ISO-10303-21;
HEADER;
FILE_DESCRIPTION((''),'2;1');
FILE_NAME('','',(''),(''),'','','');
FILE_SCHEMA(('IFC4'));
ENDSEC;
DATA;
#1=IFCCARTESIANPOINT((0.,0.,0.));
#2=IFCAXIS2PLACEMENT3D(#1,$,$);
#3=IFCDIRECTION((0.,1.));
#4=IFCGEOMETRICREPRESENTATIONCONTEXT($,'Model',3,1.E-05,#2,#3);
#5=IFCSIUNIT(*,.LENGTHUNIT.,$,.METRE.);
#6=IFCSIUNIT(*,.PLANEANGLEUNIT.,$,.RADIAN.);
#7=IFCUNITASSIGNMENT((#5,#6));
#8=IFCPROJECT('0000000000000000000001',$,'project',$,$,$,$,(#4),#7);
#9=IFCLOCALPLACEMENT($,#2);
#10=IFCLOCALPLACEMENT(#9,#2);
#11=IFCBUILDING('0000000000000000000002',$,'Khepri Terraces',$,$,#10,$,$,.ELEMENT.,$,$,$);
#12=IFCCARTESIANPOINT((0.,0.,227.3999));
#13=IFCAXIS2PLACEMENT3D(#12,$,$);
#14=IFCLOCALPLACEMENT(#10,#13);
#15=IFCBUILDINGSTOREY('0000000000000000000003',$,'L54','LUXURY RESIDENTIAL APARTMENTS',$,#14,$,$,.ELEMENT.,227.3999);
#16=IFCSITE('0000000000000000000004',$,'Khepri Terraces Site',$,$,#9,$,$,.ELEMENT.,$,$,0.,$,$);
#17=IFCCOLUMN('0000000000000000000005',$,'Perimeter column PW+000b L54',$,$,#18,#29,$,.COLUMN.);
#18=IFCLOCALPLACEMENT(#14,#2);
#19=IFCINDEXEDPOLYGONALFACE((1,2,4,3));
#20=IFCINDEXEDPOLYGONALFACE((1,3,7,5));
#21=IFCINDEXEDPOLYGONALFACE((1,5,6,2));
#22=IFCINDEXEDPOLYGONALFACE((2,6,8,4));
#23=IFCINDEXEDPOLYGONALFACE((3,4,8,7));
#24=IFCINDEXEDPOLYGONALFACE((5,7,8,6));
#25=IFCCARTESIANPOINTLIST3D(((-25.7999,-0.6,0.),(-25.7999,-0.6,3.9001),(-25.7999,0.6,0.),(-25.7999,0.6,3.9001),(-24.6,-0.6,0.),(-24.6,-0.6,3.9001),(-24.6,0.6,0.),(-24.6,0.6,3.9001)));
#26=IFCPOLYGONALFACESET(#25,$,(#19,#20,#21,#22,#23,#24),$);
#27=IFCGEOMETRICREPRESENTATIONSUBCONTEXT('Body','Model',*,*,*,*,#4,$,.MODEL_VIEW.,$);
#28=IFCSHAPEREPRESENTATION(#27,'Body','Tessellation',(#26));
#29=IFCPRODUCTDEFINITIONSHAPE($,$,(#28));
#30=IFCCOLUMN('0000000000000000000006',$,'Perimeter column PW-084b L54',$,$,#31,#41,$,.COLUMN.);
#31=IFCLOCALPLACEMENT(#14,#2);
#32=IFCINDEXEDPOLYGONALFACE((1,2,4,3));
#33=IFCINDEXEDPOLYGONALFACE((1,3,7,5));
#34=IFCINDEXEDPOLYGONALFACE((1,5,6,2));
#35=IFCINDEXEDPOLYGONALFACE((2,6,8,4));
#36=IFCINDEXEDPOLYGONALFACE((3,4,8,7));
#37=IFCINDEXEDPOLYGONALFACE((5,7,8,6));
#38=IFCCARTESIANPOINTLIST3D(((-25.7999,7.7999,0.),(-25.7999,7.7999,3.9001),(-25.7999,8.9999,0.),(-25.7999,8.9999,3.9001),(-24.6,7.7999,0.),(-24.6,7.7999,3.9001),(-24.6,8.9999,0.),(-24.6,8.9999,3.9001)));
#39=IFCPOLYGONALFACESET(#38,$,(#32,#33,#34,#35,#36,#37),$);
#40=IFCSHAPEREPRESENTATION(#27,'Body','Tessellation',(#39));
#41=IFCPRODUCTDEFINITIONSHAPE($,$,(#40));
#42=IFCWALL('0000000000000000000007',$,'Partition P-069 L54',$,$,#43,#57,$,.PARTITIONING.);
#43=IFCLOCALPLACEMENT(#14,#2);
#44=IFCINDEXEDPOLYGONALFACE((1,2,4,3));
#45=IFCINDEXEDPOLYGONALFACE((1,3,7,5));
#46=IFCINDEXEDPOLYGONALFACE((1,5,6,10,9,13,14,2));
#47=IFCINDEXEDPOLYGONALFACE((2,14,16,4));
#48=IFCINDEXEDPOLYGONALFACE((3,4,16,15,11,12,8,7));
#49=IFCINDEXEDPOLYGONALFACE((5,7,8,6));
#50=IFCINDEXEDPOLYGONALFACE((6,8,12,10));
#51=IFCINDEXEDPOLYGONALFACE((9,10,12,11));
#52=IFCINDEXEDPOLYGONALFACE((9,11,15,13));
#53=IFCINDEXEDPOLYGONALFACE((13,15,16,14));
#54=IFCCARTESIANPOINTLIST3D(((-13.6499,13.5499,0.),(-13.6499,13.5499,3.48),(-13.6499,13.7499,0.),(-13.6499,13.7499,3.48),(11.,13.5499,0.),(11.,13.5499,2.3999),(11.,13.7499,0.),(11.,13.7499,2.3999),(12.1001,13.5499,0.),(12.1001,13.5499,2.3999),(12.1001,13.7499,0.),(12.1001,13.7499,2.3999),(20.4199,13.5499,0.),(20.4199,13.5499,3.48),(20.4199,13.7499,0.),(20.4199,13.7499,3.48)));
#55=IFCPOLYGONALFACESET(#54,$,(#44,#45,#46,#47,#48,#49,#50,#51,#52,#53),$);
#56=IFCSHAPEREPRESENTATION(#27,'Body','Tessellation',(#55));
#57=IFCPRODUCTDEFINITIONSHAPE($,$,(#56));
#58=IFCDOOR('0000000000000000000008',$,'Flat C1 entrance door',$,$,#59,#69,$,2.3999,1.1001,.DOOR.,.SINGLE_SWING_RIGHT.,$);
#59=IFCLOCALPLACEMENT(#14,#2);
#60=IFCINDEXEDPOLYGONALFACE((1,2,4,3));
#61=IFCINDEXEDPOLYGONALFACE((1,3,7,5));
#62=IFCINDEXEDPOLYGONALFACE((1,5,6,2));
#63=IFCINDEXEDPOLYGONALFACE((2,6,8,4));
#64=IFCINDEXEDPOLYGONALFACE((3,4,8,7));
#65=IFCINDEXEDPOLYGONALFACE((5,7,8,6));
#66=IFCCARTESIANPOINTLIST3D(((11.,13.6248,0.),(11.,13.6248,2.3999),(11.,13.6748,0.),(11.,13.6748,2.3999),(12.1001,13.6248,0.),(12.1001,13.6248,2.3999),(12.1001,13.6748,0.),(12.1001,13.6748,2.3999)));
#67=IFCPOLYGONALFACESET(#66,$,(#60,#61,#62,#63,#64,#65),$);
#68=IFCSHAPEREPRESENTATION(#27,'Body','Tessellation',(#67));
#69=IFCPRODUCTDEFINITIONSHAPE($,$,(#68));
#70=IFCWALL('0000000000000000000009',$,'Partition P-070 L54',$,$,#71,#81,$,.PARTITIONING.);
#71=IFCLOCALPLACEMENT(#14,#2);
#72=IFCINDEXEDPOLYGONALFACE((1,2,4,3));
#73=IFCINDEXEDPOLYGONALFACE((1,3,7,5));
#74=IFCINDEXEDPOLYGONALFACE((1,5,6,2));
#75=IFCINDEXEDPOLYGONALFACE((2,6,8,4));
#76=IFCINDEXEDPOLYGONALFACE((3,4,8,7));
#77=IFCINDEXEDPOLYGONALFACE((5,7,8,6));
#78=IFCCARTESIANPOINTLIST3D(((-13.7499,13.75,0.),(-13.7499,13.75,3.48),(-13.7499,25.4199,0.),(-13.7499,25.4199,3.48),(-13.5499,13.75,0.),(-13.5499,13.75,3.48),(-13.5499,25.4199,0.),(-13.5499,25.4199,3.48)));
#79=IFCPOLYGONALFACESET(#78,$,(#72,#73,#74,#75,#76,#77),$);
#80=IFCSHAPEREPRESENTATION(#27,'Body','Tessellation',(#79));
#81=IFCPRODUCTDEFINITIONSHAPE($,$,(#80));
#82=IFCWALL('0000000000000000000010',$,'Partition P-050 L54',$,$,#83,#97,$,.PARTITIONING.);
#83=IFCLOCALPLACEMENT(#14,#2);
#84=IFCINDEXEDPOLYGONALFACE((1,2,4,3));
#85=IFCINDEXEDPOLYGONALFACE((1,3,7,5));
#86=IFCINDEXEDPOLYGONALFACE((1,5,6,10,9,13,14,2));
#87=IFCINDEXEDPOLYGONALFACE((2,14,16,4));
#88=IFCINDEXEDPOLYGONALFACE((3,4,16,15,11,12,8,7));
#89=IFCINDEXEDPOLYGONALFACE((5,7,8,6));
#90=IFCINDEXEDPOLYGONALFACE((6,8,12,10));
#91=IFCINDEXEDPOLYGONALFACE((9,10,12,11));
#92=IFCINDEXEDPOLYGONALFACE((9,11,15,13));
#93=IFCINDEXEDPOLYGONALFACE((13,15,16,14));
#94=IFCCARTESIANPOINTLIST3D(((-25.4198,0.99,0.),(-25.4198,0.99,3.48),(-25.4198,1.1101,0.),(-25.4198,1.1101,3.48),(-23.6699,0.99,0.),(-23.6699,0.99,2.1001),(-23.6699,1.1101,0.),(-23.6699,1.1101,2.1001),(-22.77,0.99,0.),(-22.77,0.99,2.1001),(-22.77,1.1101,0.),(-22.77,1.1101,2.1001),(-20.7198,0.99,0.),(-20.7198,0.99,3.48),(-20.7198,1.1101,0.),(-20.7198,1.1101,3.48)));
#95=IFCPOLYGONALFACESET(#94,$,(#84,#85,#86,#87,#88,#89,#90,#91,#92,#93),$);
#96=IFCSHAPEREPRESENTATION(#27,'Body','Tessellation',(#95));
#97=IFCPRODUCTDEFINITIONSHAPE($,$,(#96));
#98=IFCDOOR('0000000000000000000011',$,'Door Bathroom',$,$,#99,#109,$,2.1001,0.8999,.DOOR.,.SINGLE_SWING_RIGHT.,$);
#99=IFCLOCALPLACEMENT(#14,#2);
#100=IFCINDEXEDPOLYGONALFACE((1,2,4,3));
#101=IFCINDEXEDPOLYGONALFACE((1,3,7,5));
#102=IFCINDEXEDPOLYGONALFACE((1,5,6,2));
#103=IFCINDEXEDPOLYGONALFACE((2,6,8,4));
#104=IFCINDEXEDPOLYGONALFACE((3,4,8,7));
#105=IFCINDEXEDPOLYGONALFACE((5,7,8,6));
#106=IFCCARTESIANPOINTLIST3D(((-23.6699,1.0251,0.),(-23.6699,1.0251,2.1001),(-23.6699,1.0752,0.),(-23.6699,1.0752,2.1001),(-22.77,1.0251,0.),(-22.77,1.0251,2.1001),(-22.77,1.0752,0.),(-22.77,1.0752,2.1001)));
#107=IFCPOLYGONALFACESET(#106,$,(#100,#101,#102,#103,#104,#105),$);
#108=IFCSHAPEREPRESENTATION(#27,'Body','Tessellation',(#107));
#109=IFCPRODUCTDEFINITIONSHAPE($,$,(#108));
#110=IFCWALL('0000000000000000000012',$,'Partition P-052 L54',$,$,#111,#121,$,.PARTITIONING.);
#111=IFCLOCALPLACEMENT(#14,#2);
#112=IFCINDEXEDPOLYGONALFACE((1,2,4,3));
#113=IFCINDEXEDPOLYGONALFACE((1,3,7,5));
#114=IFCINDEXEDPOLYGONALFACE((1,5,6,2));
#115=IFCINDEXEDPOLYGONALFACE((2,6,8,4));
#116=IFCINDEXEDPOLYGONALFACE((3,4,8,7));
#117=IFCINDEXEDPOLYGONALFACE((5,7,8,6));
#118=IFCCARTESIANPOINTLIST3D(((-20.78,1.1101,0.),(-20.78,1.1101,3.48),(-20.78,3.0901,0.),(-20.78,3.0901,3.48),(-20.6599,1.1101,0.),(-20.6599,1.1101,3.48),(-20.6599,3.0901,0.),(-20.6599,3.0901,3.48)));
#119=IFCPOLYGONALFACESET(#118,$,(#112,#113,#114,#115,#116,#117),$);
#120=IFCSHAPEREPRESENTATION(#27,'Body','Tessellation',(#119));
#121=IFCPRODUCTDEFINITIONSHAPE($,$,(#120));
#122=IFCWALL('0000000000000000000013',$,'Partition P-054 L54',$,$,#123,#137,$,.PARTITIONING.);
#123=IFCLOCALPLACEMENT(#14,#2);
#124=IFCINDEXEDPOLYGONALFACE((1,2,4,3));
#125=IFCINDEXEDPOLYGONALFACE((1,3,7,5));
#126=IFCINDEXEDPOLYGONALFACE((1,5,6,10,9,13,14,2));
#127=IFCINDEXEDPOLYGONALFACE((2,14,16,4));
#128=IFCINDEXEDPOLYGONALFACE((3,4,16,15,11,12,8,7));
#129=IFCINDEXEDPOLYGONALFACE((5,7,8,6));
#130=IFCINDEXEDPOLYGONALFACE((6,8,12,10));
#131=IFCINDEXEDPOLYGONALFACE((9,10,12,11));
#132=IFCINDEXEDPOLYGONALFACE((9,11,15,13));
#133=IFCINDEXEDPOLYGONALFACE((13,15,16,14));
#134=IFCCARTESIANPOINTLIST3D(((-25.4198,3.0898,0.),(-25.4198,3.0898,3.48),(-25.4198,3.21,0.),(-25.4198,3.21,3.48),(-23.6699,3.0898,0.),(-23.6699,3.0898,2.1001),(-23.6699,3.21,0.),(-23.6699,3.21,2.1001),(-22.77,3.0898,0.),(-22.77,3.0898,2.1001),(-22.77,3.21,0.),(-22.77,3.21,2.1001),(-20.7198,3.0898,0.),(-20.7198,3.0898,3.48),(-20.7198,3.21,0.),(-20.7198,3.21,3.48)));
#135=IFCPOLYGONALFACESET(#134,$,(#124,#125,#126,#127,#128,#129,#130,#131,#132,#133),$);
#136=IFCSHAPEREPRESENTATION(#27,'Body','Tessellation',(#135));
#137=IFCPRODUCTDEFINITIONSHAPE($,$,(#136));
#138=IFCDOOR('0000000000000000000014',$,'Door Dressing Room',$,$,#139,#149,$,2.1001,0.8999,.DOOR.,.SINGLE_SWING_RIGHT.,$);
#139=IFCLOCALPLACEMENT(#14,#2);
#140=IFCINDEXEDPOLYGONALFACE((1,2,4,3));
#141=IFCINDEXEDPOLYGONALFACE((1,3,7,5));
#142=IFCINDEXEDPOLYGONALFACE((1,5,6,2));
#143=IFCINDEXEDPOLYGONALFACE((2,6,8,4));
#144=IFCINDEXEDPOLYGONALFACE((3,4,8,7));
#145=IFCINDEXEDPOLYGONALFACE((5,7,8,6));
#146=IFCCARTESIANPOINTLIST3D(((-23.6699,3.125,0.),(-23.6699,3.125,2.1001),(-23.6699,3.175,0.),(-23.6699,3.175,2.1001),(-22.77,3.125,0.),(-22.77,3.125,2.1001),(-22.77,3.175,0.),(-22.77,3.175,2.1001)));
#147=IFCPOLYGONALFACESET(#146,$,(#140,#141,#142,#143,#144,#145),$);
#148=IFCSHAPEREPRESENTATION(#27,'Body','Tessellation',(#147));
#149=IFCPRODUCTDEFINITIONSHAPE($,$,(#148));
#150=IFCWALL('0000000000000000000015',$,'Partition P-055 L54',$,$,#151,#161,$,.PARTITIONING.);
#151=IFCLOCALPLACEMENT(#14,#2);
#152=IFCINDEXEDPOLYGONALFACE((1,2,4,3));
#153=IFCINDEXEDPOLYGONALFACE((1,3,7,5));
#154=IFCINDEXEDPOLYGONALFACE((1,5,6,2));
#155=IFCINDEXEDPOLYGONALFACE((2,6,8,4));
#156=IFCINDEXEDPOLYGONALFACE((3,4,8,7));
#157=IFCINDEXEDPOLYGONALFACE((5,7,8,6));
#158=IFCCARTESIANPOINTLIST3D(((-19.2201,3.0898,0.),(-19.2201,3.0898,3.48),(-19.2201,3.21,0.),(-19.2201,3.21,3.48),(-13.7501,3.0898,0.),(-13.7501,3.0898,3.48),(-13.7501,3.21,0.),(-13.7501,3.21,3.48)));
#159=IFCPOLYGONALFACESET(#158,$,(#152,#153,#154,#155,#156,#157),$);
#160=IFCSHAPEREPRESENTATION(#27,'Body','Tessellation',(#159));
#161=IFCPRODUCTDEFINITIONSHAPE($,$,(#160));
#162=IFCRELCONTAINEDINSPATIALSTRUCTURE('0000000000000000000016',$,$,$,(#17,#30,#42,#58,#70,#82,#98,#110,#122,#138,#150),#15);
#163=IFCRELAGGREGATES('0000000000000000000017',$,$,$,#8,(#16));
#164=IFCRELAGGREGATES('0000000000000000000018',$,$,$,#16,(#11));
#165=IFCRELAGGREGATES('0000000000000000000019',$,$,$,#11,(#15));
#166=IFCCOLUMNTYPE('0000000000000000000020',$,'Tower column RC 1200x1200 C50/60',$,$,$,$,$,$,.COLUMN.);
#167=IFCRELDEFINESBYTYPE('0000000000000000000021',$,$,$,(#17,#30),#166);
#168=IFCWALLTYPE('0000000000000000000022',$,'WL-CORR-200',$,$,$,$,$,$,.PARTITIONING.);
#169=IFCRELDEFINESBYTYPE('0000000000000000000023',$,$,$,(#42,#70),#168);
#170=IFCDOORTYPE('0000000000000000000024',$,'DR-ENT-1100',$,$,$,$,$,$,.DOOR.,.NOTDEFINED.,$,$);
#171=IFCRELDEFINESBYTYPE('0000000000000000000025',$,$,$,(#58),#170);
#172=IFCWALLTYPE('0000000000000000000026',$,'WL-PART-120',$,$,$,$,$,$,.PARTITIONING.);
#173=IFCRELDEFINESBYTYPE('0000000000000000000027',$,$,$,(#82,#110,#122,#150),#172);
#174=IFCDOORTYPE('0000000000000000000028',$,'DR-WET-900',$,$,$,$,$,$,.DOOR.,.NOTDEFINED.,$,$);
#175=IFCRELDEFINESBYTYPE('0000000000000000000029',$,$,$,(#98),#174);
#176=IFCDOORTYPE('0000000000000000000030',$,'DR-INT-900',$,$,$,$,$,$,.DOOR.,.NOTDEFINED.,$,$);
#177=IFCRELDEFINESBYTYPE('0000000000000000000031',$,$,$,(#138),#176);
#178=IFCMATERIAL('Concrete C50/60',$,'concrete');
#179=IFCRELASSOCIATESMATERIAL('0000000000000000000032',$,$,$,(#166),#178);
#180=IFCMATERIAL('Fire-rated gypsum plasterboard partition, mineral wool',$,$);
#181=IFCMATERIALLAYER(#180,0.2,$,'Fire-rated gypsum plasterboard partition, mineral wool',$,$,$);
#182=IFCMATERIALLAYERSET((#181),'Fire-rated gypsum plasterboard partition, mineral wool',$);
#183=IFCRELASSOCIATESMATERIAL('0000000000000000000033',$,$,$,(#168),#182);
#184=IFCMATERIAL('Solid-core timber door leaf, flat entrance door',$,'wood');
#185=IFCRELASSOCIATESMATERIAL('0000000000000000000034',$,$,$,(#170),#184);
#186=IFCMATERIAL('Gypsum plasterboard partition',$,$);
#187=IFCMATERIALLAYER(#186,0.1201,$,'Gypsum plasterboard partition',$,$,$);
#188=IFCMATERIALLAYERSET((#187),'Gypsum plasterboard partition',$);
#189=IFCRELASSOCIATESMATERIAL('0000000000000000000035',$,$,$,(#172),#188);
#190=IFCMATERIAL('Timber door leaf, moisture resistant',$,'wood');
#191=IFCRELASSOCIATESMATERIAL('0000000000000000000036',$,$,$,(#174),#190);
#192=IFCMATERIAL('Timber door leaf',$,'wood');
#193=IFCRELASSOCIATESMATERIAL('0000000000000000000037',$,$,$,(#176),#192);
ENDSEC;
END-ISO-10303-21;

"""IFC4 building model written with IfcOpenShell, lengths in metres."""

from ifc_helpers import new_model, si_unit, direction, frame, frame_2d, origin, origin_2d, place, context, subcontext, project, spatial, rectangle, extrude, material, layer, layer_set, material_profile, profile_set, type_object, element, fill, save


model = new_model("IFC4")

# Units and contexts
model_context = context("Model", 3, precision=1e-05, world=origin(), true_north=direction((0.0, 1.0)))
body_context = subcontext(model_context, "Body", "Model", "MODEL_VIEW")
ifc_project = project(units=[si_unit("LENGTHUNIT", "METRE"), si_unit("PLANEANGLEUNIT", "RADIAN")], contexts=[model_context])

# Site, building, storey
site_placement = place(None, origin())
site = spatial("IfcSite", under=ifc_project, at=site_placement, Name="Khepri Terraces Site", CompositionType="ELEMENT", RefElevation=0.0)
building_placement = place(site_placement, origin())
building = spatial("IfcBuilding", under=site, at=building_placement, Name="Khepri Terraces", CompositionType="ELEMENT")
storey_placement = place(building_placement, frame((0.0, 0.0, 227.3999)))
storey = spatial("IfcBuildingStorey", under=building, at=storey_placement, Name="L54", Description="LUXURY RESIDENTIAL APARTMENTS", CompositionType="ELEMENT", Elevation=227.3999)

# Columns
ifc_material_1 = material(Name="Concrete C50/60", Category="concrete")
ifc_material_profile = material_profile(ifc_material_1, rectangle(XDim=1.2, YDim=1.2, at=origin_2d()), Name="Concrete C50/60", Category="concrete")
ifc_profile_set = profile_set([ifc_material_profile], Name="Concrete C50/60")
column_type = type_object("IfcColumnType", Name="Tower column RC 1200x1200 C50/60", PredefinedType="COLUMN", material=ifc_profile_set)
for number, where, z_axis, x_axis, name in (
    (1, (-25.2, 0.0, 0.0), (0.0, 0.0, 1.0), (1.0, 0.0, 0.0), "Perimeter column PW+000b L54"),
    (2, (-25.2, 8.3999, 0.0), (0.0, 0.0, 1.0), (1.0, 0.0, 0.0), "Perimeter column PW-084b L54"),
):
    element("IfcColumn", number, at=place(storey_placement, frame(where, z_axis=z_axis, x_axis=x_axis)), inside=storey, type_object=column_type, Name=name, PredefinedType="COLUMN", context=body_context, shape_type="SweptSolid", body=[
        extrude(rectangle(XDim=1.2, YDim=1.2, at=origin_2d()), origin(), (0.0, 0.0, 1.0), 3.9001),
    ])

# Wall, opening, door
ifc_material_2 = material(Name="Fire-rated gypsum plasterboard partition, mineral wool")
ifc_layer_1 = layer(ifc_material_2, 0.2, Name="Fire-rated gypsum plasterboard partition, mineral wool")
ifc_layer_set_1 = layer_set([ifc_layer_1], Name="Fire-rated gypsum plasterboard partition, mineral wool")
wall_type_1 = type_object("IfcWallType", Name="WL-CORR-200", PredefinedType="PARTITIONING", material=ifc_layer_set_1)
wall_1_placement = place(storey_placement, frame((-13.6499, 13.6499, 0.0), z_axis=(0.0, 0.0, 1.0), x_axis=(1.0, 0.0, 0.0)))
wall_1 = element("IfcWall", 3, at=wall_1_placement, inside=storey, type_object=wall_type_1, Name="Partition P-069 L54", PredefinedType="PARTITIONING", context=body_context, shape_type="SweptSolid", body=[
    extrude(rectangle(XDim=34.0698, YDim=0.2, at=frame_2d((17.0349, 0.0))), origin(), (0.0, 0.0, 1.0), 3.48),
])
opening_1_placement = place(wall_1_placement, frame((24.6499, 0.0, 0.0)))
opening_1 = element("IfcOpeningElement", 4, at=opening_1_placement, cuts=wall_1, PredefinedType="OPENING", context=body_context, shape_type="SweptSolid", body=[
    extrude(rectangle(XDim=1.1001, YDim=2.3999, at=frame_2d((0.55, 1.2))), frame((0.0, 0.1099, 0.0), z_axis=(0.0, -1.0, 0.0), x_axis=(1.0, 0.0, 0.0)), (0.0, 0.0, 1.0), 0.22),
])
ifc_material_3 = material(Name="Solid-core timber door leaf, flat entrance door", Category="wood")
door_type_1 = type_object("IfcDoorType", Name="DR-ENT-1100", OperationType="NOTDEFINED", PredefinedType="DOOR", material=ifc_material_3)
door_1_placement = place(opening_1_placement, origin())
door_1 = element("IfcDoor", 5, at=door_1_placement, inside=storey, type_object=door_type_1, Name="Flat C1 entrance door", OperationType="SINGLE_SWING_RIGHT", OverallHeight=2.3999, OverallWidth=1.1001, PredefinedType="DOOR", context=body_context, shape_type="SweptSolid", body=[
    extrude(rectangle(XDim=1.1001, YDim=2.3999, at=frame_2d((0.55, 1.2))), frame((0.0, 0.0249, 0.0), z_axis=(0.0, -1.0, 0.0), x_axis=(1.0, 0.0, 0.0)), (0.0, 0.0, 1.0), 0.05),
])
fill(opening_1, door_1)

# Wall
wall_2_placement = place(storey_placement, frame((-13.6499, 13.75, 0.0), z_axis=(0.0, 0.0, 1.0), x_axis=(0.0, 1.0, 0.0)))
element("IfcWall", 6, at=wall_2_placement, inside=storey, type_object=wall_type_1, Name="Partition P-070 L54", PredefinedType="PARTITIONING", context=body_context, shape_type="SweptSolid", body=[
    extrude(rectangle(XDim=11.6699, YDim=0.2, at=frame_2d((5.835, 0.0))), origin(), (0.0, 0.0, 1.0), 3.48),
])

# Wall, opening, door
ifc_material_4 = material(Name="Gypsum plasterboard partition")
ifc_layer_2 = layer(ifc_material_4, 0.1201, Name="Gypsum plasterboard partition")
ifc_layer_set_2 = layer_set([ifc_layer_2], Name="Gypsum plasterboard partition")
wall_type_2 = type_object("IfcWallType", Name="WL-PART-120", PredefinedType="PARTITIONING", material=ifc_layer_set_2)
wall_3_placement = place(storey_placement, frame((-25.4199, 1.05, 0.0), z_axis=(0.0, 0.0, 1.0), x_axis=(1.0, 0.0, 0.0)))
wall_3 = element("IfcWall", 7, at=wall_3_placement, inside=storey, type_object=wall_type_2, Name="Partition P-050 L54", PredefinedType="PARTITIONING", context=body_context, shape_type="SweptSolid", body=[
    extrude(rectangle(XDim=4.7, YDim=0.1201, at=frame_2d((2.3501, 0.0))), origin(), (0.0, 0.0, 1.0), 3.48),
])
opening_2_placement = place(wall_3_placement, frame((1.75, 0.0, 0.0)))
opening_2 = element("IfcOpeningElement", 8, at=opening_2_placement, cuts=wall_3, PredefinedType="OPENING", context=body_context, shape_type="SweptSolid", body=[
    extrude(rectangle(XDim=0.8999, YDim=2.1001, at=frame_2d((0.45, 1.05))), frame((0.0, 0.0701, 0.0), z_axis=(0.0, -1.0, 0.0), x_axis=(1.0, 0.0, 0.0)), (0.0, 0.0, 1.0), 0.1401),
])
ifc_material_5 = material(Name="Timber door leaf, moisture resistant", Category="wood")
door_type_2 = type_object("IfcDoorType", Name="DR-WET-900", OperationType="NOTDEFINED", PredefinedType="DOOR", material=ifc_material_5)
door_2_placement = place(opening_2_placement, frame((0.8999, 0.0, 0.0), z_axis=(0.0, 0.0, 1.0), x_axis=(-1.0, 0.0, 0.0)))
door_2 = element("IfcDoor", 9, at=door_2_placement, inside=storey, type_object=door_type_2, Name="Door Bathroom", OperationType="SINGLE_SWING_RIGHT", OverallHeight=2.1001, OverallWidth=0.8999, PredefinedType="DOOR", context=body_context, shape_type="SweptSolid", body=[
    extrude(rectangle(XDim=0.8999, YDim=2.1001, at=frame_2d((0.45, 1.05))), frame((0.0, 0.0249, 0.0), z_axis=(0.0, -1.0, 0.0), x_axis=(1.0, 0.0, 0.0)), (0.0, 0.0, 1.0), 0.05),
])
fill(opening_2, door_2)

# Wall
wall_4_placement = place(storey_placement, frame((-20.72, 1.1101, 0.0), z_axis=(0.0, 0.0, 1.0), x_axis=(0.0, 1.0, 0.0)))
element("IfcWall", 10, at=wall_4_placement, inside=storey, type_object=wall_type_2, Name="Partition P-052 L54", PredefinedType="PARTITIONING", context=body_context, shape_type="SweptSolid", body=[
    extrude(rectangle(XDim=1.98, YDim=0.1201, at=frame_2d((0.99, 0.0))), origin(), (0.0, 0.0, 1.0), 3.48),
])

# Wall, opening, door
wall_5_placement = place(storey_placement, frame((-25.4199, 3.1499, 0.0), z_axis=(0.0, 0.0, 1.0), x_axis=(1.0, 0.0, 0.0)))
wall_5 = element("IfcWall", 11, at=wall_5_placement, inside=storey, type_object=wall_type_2, Name="Partition P-054 L54", PredefinedType="PARTITIONING", context=body_context, shape_type="SweptSolid", body=[
    extrude(rectangle(XDim=4.7, YDim=0.1201, at=frame_2d((2.3501, 0.0))), origin(), (0.0, 0.0, 1.0), 3.48),
])
opening_3_placement = place(wall_5_placement, frame((1.75, 0.0, 0.0)))
opening_3 = element("IfcOpeningElement", 12, at=opening_3_placement, cuts=wall_5, PredefinedType="OPENING", context=body_context, shape_type="SweptSolid", body=[
    extrude(rectangle(XDim=0.8999, YDim=2.1001, at=frame_2d((0.45, 1.05))), frame((0.0, 0.0701, 0.0), z_axis=(0.0, -1.0, 0.0), x_axis=(1.0, 0.0, 0.0)), (0.0, 0.0, 1.0), 0.1401),
])
ifc_material_6 = material(Name="Timber door leaf", Category="wood")
door_type_3 = type_object("IfcDoorType", Name="DR-INT-900", OperationType="NOTDEFINED", PredefinedType="DOOR", material=ifc_material_6)
door_3_placement = place(opening_3_placement, frame((0.8999, 0.0, 0.0), z_axis=(0.0, 0.0, 1.0), x_axis=(-1.0, 0.0, 0.0)))
door_3 = element("IfcDoor", 13, at=door_3_placement, inside=storey, type_object=door_type_3, Name="Door Dressing Room", OperationType="SINGLE_SWING_RIGHT", OverallHeight=2.1001, OverallWidth=0.8999, PredefinedType="DOOR", context=body_context, shape_type="SweptSolid", body=[
    extrude(rectangle(XDim=0.8999, YDim=2.1001, at=frame_2d((0.45, 1.05))), frame((0.0, 0.0249, 0.0), z_axis=(0.0, -1.0, 0.0), x_axis=(1.0, 0.0, 0.0)), (0.0, 0.0, 1.0), 0.05),
])
fill(opening_3, door_3)

# Wall
wall_6_placement = place(storey_placement, frame((-19.22, 3.1499, 0.0), z_axis=(0.0, 0.0, 1.0), x_axis=(1.0, 0.0, 0.0)))
element("IfcWall", 14, at=wall_6_placement, inside=storey, type_object=wall_type_2, Name="Partition P-055 L54", PredefinedType="PARTITIONING", context=body_context, shape_type="SweptSolid", body=[
    extrude(rectangle(XDim=5.47, YDim=0.1201, at=frame_2d((2.7349, 0.0))), origin(), (0.0, 0.0, 1.0), 3.48),
])

save(model, "model.ifc")
